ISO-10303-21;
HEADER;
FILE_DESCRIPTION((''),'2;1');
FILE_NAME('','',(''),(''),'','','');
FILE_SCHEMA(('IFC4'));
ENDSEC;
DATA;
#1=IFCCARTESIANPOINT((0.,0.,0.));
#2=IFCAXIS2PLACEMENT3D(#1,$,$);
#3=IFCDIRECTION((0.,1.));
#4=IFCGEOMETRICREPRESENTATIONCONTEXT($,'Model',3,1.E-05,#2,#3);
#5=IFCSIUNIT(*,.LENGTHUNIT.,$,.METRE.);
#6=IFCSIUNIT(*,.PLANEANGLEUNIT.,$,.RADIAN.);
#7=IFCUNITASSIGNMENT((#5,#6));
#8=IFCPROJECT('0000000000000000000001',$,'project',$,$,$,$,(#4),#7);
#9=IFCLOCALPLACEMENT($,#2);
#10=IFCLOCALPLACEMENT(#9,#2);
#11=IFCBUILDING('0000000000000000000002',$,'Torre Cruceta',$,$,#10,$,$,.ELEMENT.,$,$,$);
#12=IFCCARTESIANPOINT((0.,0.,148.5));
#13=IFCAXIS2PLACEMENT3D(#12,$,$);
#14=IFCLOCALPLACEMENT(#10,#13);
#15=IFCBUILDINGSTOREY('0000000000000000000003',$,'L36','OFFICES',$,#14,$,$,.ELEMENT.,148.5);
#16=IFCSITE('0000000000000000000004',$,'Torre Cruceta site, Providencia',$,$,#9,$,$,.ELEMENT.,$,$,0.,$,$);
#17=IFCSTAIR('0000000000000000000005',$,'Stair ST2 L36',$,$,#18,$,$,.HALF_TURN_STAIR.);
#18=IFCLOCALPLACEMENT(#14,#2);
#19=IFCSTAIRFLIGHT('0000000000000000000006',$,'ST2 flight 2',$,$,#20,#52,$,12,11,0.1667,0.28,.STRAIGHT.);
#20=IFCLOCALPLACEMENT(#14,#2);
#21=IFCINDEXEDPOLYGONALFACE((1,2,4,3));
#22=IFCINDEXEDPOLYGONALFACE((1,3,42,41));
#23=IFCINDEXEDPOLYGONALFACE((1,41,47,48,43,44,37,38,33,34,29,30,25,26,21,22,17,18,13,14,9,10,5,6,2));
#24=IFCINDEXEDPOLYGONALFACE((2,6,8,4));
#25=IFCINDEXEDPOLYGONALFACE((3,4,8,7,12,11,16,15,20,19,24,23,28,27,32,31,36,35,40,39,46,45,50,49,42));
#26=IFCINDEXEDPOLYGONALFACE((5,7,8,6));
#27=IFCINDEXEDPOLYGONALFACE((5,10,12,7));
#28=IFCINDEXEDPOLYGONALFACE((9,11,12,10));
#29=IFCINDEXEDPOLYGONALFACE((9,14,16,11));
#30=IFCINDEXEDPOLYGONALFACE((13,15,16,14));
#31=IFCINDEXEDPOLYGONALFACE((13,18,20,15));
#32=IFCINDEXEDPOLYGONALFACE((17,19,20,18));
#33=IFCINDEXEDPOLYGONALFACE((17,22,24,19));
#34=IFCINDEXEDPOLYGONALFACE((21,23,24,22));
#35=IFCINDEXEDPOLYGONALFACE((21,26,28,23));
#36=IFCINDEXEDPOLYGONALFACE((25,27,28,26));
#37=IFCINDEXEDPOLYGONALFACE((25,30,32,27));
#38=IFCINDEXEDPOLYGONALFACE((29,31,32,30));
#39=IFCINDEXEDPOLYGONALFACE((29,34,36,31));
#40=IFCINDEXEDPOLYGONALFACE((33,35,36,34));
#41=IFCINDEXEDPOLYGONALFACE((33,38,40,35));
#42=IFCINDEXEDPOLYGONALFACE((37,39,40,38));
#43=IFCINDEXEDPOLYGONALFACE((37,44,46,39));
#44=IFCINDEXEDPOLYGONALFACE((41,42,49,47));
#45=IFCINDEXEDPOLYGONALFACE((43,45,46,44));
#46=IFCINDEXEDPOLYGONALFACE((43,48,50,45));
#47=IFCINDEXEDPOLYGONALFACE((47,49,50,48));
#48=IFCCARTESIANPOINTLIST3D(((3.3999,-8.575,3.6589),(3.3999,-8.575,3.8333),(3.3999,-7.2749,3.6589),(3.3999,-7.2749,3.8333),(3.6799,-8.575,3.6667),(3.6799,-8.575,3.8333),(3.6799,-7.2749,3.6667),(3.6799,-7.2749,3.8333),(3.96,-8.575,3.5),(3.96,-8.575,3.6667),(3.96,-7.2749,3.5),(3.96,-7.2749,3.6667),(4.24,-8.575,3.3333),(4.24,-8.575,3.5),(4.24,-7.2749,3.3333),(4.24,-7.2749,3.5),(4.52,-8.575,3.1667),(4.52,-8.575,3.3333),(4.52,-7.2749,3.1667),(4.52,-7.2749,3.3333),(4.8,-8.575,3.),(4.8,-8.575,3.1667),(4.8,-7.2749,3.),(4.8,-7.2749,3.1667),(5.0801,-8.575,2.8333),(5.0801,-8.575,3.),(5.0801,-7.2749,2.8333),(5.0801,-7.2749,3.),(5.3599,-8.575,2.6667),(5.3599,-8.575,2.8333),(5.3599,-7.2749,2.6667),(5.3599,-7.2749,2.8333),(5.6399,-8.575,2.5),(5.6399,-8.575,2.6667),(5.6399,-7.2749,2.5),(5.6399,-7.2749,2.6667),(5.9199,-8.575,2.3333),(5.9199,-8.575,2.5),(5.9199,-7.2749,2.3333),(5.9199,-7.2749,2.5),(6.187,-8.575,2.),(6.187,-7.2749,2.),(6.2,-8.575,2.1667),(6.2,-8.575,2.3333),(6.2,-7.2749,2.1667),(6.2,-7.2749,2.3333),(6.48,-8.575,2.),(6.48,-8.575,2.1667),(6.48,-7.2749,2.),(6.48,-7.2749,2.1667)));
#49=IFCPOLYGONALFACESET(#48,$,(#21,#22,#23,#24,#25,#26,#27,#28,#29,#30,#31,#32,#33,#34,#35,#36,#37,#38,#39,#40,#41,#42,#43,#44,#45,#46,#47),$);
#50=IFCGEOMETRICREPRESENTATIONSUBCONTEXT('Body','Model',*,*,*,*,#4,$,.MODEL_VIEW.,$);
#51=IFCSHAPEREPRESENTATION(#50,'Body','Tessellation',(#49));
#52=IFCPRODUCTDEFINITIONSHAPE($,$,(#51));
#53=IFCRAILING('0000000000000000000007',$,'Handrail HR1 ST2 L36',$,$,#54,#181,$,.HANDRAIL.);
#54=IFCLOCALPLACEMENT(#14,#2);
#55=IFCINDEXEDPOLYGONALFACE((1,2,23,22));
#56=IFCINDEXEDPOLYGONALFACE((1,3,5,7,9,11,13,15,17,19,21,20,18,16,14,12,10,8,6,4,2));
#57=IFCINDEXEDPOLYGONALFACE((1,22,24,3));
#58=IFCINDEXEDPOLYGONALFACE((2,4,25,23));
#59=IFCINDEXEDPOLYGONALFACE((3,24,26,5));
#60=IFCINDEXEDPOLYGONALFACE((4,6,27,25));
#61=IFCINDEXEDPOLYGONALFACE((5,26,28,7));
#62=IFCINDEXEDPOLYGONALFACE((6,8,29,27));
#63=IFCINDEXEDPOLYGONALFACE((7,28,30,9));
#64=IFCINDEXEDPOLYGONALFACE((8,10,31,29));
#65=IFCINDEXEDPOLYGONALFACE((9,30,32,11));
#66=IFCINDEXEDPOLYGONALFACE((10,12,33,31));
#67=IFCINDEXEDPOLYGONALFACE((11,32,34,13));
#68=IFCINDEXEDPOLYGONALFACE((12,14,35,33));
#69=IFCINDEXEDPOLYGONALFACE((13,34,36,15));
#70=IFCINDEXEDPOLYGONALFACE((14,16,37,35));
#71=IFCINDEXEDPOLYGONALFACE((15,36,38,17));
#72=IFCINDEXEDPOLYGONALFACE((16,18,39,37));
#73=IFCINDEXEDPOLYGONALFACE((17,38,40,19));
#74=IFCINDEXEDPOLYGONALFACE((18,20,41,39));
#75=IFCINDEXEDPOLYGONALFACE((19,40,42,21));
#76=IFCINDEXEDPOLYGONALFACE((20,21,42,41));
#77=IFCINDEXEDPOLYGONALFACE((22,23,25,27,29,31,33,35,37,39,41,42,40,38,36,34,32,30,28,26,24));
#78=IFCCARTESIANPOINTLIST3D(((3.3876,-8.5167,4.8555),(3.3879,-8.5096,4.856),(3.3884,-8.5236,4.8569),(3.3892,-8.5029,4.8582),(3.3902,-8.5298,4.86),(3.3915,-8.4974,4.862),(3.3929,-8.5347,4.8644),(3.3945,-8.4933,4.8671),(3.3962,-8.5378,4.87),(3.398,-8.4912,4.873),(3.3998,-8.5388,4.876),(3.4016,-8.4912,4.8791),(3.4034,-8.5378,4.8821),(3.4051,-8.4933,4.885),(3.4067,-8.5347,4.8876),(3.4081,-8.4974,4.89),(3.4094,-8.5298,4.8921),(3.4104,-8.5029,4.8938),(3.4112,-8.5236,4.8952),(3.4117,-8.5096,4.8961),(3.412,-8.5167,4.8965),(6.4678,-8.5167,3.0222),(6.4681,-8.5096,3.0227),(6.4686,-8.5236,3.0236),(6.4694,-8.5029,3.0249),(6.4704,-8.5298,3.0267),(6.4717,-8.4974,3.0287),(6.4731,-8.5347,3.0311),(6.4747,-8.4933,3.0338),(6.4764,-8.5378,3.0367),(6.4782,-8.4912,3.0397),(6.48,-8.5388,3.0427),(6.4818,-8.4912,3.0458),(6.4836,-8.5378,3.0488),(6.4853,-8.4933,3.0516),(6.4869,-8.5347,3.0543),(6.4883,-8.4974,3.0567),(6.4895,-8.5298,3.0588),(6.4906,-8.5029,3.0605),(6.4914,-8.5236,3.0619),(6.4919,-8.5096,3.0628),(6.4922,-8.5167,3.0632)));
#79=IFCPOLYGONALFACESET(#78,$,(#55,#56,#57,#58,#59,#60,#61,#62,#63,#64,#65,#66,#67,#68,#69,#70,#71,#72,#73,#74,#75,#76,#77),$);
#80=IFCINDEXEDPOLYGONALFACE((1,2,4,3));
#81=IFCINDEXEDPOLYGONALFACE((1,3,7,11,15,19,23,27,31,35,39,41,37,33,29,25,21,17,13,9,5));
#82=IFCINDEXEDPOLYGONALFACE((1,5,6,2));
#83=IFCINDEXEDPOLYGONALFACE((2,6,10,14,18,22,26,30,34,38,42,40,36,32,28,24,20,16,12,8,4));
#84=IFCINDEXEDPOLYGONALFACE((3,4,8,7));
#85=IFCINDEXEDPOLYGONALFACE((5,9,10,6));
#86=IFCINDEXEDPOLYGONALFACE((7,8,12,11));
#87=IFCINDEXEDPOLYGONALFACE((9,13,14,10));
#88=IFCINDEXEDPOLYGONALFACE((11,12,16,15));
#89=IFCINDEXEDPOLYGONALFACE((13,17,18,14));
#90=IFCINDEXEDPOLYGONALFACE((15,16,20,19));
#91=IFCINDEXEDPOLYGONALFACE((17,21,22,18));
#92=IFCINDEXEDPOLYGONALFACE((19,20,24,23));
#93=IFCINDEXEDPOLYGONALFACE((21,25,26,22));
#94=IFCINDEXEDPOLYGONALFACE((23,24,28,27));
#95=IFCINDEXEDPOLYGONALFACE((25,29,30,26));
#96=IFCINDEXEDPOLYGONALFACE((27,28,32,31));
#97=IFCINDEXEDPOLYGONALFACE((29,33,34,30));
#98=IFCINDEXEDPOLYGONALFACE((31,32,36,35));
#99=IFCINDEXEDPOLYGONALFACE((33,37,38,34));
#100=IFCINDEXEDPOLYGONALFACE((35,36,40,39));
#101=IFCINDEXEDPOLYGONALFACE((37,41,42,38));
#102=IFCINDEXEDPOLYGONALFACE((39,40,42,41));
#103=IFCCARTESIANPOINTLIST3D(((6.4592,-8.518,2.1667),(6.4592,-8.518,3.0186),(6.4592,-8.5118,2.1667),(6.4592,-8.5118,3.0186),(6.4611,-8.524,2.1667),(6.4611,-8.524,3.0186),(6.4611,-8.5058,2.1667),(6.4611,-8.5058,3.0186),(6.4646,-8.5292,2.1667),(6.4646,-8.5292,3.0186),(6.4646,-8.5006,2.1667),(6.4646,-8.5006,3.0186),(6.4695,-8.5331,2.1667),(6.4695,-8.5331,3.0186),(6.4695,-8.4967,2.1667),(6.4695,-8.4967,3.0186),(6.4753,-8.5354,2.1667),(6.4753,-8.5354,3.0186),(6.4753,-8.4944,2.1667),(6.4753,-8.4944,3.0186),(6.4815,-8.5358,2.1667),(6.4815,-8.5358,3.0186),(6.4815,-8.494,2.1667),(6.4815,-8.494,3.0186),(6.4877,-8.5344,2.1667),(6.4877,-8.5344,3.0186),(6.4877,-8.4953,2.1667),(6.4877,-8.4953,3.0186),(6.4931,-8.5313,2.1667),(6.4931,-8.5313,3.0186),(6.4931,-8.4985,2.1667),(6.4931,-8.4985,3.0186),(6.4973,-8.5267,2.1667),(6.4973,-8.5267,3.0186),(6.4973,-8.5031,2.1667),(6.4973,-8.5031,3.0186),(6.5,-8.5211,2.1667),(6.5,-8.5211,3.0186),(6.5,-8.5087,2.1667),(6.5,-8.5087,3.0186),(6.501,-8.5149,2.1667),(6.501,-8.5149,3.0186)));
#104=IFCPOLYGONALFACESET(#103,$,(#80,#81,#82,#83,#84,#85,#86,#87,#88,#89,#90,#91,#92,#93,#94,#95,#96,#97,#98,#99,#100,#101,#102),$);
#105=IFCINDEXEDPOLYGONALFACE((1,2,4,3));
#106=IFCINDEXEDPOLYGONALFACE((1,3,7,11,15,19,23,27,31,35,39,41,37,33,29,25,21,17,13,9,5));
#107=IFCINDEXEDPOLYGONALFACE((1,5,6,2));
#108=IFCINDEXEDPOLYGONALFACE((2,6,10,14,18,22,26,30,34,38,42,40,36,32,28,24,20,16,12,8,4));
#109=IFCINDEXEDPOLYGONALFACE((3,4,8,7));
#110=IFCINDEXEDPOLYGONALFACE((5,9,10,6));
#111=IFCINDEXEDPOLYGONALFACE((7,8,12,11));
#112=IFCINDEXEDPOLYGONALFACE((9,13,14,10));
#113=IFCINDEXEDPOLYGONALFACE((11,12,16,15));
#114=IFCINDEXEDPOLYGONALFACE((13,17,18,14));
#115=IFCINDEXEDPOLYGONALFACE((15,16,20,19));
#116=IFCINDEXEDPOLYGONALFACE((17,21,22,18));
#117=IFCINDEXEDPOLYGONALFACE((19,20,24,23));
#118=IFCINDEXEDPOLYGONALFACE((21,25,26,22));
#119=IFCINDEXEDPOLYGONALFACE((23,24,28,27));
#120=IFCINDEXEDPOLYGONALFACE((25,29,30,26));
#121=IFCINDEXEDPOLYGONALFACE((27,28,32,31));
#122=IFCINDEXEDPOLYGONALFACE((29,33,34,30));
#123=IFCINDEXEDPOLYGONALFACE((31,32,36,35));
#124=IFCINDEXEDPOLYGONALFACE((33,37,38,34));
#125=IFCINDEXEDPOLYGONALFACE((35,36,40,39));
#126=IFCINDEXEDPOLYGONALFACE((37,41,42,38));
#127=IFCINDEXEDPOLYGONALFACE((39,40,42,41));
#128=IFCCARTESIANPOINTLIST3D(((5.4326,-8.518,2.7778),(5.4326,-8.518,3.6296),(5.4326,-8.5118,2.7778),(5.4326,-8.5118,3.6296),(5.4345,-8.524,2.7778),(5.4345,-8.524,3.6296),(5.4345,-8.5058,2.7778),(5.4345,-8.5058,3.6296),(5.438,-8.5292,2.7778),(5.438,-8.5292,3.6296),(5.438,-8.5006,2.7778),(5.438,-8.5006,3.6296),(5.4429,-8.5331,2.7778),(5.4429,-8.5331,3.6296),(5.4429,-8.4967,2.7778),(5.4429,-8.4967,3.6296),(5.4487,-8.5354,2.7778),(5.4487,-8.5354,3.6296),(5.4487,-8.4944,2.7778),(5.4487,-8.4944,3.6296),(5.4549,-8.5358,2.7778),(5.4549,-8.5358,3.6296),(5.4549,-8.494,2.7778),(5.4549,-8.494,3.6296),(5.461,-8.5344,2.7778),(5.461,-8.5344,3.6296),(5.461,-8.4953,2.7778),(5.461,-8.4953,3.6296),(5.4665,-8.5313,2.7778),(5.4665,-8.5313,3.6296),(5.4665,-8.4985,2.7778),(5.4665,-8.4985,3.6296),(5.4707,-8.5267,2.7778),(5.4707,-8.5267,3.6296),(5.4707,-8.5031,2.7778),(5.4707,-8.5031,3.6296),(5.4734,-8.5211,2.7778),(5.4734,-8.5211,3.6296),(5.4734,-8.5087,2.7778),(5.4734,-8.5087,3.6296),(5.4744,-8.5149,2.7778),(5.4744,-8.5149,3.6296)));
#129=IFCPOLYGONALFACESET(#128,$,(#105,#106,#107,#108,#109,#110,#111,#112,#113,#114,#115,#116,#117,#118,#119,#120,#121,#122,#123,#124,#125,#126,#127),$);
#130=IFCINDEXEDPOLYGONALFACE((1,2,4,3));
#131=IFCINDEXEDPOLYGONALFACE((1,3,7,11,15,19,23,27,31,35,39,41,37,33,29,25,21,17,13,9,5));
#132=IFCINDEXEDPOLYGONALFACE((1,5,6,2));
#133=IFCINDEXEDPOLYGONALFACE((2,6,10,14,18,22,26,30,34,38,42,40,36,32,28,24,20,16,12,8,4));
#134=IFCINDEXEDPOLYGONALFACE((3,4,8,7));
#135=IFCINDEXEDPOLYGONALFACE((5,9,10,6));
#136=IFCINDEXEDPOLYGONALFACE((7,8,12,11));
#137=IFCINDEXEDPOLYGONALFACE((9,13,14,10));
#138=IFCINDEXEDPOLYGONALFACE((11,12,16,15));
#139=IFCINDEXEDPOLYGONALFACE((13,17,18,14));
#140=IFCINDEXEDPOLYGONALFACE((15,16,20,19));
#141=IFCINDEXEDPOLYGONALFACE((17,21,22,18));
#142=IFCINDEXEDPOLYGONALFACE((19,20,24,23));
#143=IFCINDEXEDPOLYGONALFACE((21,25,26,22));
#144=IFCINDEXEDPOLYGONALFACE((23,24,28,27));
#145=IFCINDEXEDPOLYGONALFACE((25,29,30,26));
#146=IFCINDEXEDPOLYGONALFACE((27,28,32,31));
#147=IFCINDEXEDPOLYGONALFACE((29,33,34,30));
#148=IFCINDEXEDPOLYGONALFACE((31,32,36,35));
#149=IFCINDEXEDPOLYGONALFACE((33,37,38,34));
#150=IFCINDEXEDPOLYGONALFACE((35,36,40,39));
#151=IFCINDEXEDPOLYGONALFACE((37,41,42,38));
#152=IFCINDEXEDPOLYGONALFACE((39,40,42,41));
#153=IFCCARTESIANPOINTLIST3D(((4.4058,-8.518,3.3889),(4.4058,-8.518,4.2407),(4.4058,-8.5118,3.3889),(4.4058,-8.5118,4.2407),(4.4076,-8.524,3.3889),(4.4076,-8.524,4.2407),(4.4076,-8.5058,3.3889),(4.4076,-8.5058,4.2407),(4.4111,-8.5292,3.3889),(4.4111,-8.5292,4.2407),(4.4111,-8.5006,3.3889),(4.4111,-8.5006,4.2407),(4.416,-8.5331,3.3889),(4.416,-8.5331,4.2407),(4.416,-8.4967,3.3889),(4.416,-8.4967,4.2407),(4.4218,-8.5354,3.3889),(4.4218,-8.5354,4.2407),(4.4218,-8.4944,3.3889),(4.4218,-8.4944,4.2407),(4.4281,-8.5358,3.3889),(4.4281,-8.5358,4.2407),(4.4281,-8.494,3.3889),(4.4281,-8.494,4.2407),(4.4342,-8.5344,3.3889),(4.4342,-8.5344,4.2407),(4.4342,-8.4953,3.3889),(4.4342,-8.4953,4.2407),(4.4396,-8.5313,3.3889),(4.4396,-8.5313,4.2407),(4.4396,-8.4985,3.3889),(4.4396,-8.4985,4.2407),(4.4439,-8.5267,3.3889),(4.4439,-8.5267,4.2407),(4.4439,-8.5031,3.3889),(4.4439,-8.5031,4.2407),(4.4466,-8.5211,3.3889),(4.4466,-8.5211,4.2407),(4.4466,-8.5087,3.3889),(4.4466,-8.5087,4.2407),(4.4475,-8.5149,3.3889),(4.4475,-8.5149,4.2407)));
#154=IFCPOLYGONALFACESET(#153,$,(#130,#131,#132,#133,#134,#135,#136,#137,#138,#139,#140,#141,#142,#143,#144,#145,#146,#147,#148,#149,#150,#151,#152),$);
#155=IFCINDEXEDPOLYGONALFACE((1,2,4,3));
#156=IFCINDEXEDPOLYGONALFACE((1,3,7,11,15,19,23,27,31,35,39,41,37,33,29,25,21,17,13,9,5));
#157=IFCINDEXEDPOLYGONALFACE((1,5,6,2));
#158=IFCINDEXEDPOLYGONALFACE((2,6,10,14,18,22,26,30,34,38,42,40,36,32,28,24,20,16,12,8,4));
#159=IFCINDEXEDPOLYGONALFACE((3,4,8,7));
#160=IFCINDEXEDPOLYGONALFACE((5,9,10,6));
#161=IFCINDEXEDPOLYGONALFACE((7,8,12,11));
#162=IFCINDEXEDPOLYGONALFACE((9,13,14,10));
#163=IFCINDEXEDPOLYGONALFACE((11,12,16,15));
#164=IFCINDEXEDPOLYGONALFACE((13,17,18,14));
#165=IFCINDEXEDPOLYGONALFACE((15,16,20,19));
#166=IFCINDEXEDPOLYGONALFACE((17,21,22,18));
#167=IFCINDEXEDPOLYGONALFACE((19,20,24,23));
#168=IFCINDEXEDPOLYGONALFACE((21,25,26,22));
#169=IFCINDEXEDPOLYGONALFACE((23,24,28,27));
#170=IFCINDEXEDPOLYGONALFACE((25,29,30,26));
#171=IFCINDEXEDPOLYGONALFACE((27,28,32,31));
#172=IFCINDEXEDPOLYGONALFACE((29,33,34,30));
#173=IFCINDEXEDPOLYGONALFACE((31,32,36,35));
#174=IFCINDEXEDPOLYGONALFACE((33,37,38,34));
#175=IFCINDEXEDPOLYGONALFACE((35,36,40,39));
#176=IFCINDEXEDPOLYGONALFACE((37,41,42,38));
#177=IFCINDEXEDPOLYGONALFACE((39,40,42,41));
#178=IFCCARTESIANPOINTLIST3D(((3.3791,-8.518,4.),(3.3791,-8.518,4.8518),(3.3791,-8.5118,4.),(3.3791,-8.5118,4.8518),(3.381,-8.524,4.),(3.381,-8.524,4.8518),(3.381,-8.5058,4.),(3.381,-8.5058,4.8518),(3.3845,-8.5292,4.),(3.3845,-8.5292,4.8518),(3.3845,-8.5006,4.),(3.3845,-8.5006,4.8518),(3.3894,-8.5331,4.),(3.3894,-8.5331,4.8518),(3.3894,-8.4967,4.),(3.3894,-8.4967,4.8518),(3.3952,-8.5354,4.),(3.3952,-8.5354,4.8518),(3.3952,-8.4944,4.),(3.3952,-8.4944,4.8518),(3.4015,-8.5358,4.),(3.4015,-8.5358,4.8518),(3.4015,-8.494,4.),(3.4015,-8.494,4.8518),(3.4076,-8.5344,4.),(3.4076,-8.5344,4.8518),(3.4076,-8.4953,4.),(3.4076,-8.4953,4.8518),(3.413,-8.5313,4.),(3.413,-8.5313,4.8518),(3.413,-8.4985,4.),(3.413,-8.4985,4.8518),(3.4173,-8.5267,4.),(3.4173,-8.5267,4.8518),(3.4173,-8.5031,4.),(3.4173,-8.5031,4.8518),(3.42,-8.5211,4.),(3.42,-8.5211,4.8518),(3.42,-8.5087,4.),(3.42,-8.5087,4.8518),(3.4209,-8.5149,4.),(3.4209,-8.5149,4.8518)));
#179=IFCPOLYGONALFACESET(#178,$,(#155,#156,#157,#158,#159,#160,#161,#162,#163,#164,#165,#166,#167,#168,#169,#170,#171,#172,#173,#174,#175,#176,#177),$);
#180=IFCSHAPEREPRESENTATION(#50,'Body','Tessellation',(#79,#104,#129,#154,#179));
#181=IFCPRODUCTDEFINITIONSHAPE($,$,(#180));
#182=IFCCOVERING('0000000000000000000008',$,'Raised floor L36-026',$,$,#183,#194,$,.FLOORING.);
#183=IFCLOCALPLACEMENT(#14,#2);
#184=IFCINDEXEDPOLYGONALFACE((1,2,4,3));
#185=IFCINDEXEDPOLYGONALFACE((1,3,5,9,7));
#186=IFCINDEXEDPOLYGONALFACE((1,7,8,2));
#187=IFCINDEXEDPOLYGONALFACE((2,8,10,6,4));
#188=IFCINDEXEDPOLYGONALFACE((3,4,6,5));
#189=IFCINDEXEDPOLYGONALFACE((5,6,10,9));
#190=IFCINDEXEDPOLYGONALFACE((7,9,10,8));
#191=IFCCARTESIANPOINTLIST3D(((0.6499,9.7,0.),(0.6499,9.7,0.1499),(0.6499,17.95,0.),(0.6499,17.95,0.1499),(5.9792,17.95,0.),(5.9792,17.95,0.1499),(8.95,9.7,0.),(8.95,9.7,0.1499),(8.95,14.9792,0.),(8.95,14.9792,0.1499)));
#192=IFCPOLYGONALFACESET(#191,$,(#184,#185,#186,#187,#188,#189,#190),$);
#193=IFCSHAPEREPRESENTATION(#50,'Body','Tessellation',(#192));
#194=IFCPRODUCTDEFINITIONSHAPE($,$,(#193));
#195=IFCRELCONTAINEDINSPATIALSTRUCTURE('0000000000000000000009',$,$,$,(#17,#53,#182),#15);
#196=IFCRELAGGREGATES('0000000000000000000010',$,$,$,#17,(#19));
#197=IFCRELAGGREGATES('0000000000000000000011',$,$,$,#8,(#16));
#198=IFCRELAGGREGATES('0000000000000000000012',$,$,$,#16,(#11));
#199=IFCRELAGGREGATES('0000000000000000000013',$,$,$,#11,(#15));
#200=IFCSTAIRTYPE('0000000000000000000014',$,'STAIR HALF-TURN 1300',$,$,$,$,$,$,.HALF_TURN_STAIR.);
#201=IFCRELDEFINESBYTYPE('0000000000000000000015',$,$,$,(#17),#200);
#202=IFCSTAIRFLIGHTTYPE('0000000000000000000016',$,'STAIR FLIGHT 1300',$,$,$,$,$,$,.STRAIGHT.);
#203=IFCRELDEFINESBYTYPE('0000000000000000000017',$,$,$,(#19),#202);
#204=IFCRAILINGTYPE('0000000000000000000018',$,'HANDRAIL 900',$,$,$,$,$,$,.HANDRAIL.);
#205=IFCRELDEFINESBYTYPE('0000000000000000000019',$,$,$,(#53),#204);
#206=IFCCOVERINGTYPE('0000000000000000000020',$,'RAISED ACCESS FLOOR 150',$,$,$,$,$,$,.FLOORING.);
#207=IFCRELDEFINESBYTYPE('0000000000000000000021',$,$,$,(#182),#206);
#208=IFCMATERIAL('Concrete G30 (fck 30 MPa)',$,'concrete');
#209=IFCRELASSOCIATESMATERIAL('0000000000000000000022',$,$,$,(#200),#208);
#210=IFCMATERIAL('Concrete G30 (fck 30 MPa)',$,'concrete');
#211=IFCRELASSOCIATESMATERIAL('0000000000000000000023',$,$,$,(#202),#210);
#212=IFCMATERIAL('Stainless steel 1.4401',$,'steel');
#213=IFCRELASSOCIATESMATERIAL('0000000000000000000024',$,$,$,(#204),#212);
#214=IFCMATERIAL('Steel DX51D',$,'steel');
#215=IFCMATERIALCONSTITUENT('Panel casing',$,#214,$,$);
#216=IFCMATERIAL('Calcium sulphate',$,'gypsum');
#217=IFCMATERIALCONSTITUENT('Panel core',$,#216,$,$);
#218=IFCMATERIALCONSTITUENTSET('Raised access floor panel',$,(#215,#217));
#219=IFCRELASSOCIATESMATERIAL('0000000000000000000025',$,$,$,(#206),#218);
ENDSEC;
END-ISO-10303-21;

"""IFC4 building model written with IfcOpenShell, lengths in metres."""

from ifc_helpers import new_model, si_unit, direction, frame, origin, origin_2d, place, context, subcontext, project, spatial, polyline, circle, outline, extrude, material, constituent, constituent_set, type_object, element, aggregate, save


model = new_model("IFC4")

# Units and contexts
model_context = context("Model", 3, precision=1e-05, world=origin(), true_north=direction((0.0, 1.0)))
body_context = subcontext(model_context, "Body", "Model", "MODEL_VIEW")
ifc_project = project(units=[si_unit("LENGTHUNIT", "METRE"), si_unit("PLANEANGLEUNIT", "RADIAN")], contexts=[model_context])

# Site, building, storey
site_placement = place(None, origin())
site = spatial("IfcSite", under=ifc_project, at=site_placement, Name="Torre Cruceta site, Providencia", CompositionType="ELEMENT", RefElevation=0.0)
building_placement = place(site_placement, origin())
building = spatial("IfcBuilding", under=site, at=building_placement, Name="Torre Cruceta", CompositionType="ELEMENT")
storey_placement = place(building_placement, frame((0.0, 0.0, 148.5)))
storey = spatial("IfcBuildingStorey", under=building, at=storey_placement, Name="L36", Description="OFFICES", CompositionType="ELEMENT", Elevation=148.5)

# Stair, stair flight
ifc_material_1 = material(Name="Concrete G30 (fck 30 MPa)", Category="concrete")
stair_type = type_object("IfcStairType", Name="STAIR HALF-TURN 1300", PredefinedType="HALF_TURN_STAIR", material=ifc_material_1)
stair_placement = place(storey_placement, origin())
stair = element("IfcStair", 1, at=stair_placement, inside=storey, type_object=stair_type, Name="Stair ST2 L36", PredefinedType="HALF_TURN_STAIR")
ifc_material_2 = material(Name="Concrete G30 (fck 30 MPa)", Category="concrete")
stair_flight_type = type_object("IfcStairFlightType", Name="STAIR FLIGHT 1300", PredefinedType="STRAIGHT", material=ifc_material_2)
stair_flight_1_placement = place(storey_placement, frame((6.48, -7.925, 2.0), z_axis=(0.0, 0.0, 1.0), x_axis=(-1.0, 0.0, 0.0)))
stair_flight_1 = element("IfcStairFlight", 2, at=stair_flight_1_placement, type_object=stair_flight_type, Name="ST2 flight 2", NumberOfRisers=12, NumberOfTreads=11, PredefinedType="STRAIGHT", RiserHeight=0.1667, TreadLength=0.28, context=body_context, shape_type="SweptSolid", body=[
    extrude(outline(polyline([(0.0, 0.0), (0.0, 0.1667), (0.28, 0.1667), (0.28, 0.3333), (0.5601, 0.3333), (0.5601, 0.5), (0.8401, 0.5), (0.8401, 0.6667), (1.1201, 0.6667), (1.1201, 0.8333), (1.3999, 0.8333), (1.3999, 1.0), (1.6799, 1.0), (1.6799, 1.1667), (1.96, 1.1667), (1.96, 1.3333), (2.24, 1.3333), (2.24, 1.5), (2.52, 1.5), (2.52, 1.6667), (2.8, 1.6667), (2.8, 1.8333), (3.0801, 1.8333), (3.0801, 2.0), (3.0801, 1.6589), (0.293, 0.0), (0.0, 0.0)])), frame((0.0, 0.6499, 0.0), z_axis=(0.0, -1.0, 0.0), x_axis=(1.0, 0.0, 0.0)), (0.0, 0.0, 1.0), 1.3),
])
aggregate(stair, [stair_flight_1])

# Railing
ifc_material_3 = material(Name="Stainless steel 1.4401", Category="steel")
railing_type = type_object("IfcRailingType", Name="HANDRAIL 900", PredefinedType="HANDRAIL", material=ifc_material_3)
railing_1_placement = place(storey_placement, frame((6.48, -8.5149, 2.1667)))
element("IfcRailing", 3, at=railing_1_placement, inside=storey, type_object=railing_type, Name="Handrail HR1 ST2 L36", PredefinedType="HANDRAIL", context=body_context, shape_type="SweptSolid", body=[
    extrude(circle(Radius=0.0239, at=origin_2d()), frame((0.0, 0.0, 0.876), z_axis=(-0.859309, 0.0, 0.511458), x_axis=(0.0, -1.0, 0.0)), (0.0, 0.0, 1.0), 3.5845),
    extrude(circle(Radius=0.021, at=origin_2d()), origin(), (0.0, 0.0, 1.0), 0.8518),
    extrude(circle(Radius=0.021, at=origin_2d()), frame((-1.0266, 0.0, 0.6111)), (0.0, 0.0, 1.0), 0.8518),
    extrude(circle(Radius=0.021, at=origin_2d()), frame((-2.0535, 0.0, 1.2222)), (0.0, 0.0, 1.0), 0.8518),
    extrude(circle(Radius=0.021, at=origin_2d()), frame((-3.0801, 0.0, 1.8333)), (0.0, 0.0, 1.0), 0.8518),
])

# Covering
ifc_material_4 = material(Name="Steel DX51D", Category="steel")
ifc_constituent_1 = constituent(ifc_material_4, Name="Panel casing")
ifc_material_5 = material(Name="Calcium sulphate", Category="gypsum")
ifc_constituent_2 = constituent(ifc_material_5, Name="Panel core")
ifc_constituent_set_1 = constituent_set(constituents=[ifc_constituent_1, ifc_constituent_2], Name="Raised access floor panel")
covering_type_1 = type_object("IfcCoveringType", Name="RAISED ACCESS FLOOR 150", PredefinedType="FLOORING", material=ifc_constituent_set_1)
covering_1_placement = place(storey_placement, origin())
element("IfcCovering", 4, at=covering_1_placement, inside=storey, type_object=covering_type_1, Name="Raised floor L36-026", PredefinedType="FLOORING", context=body_context, shape_type="SweptSolid", body=[
    extrude(outline(polyline([(5.9792, 17.95), (8.95, 14.9792), (8.95, 9.7), (0.6499, 9.7), (0.6499, 17.95), (5.9792, 17.95)])), origin(), (0.0, 0.0, 1.0), 0.1499),
])

save(model, "model.ifc")
